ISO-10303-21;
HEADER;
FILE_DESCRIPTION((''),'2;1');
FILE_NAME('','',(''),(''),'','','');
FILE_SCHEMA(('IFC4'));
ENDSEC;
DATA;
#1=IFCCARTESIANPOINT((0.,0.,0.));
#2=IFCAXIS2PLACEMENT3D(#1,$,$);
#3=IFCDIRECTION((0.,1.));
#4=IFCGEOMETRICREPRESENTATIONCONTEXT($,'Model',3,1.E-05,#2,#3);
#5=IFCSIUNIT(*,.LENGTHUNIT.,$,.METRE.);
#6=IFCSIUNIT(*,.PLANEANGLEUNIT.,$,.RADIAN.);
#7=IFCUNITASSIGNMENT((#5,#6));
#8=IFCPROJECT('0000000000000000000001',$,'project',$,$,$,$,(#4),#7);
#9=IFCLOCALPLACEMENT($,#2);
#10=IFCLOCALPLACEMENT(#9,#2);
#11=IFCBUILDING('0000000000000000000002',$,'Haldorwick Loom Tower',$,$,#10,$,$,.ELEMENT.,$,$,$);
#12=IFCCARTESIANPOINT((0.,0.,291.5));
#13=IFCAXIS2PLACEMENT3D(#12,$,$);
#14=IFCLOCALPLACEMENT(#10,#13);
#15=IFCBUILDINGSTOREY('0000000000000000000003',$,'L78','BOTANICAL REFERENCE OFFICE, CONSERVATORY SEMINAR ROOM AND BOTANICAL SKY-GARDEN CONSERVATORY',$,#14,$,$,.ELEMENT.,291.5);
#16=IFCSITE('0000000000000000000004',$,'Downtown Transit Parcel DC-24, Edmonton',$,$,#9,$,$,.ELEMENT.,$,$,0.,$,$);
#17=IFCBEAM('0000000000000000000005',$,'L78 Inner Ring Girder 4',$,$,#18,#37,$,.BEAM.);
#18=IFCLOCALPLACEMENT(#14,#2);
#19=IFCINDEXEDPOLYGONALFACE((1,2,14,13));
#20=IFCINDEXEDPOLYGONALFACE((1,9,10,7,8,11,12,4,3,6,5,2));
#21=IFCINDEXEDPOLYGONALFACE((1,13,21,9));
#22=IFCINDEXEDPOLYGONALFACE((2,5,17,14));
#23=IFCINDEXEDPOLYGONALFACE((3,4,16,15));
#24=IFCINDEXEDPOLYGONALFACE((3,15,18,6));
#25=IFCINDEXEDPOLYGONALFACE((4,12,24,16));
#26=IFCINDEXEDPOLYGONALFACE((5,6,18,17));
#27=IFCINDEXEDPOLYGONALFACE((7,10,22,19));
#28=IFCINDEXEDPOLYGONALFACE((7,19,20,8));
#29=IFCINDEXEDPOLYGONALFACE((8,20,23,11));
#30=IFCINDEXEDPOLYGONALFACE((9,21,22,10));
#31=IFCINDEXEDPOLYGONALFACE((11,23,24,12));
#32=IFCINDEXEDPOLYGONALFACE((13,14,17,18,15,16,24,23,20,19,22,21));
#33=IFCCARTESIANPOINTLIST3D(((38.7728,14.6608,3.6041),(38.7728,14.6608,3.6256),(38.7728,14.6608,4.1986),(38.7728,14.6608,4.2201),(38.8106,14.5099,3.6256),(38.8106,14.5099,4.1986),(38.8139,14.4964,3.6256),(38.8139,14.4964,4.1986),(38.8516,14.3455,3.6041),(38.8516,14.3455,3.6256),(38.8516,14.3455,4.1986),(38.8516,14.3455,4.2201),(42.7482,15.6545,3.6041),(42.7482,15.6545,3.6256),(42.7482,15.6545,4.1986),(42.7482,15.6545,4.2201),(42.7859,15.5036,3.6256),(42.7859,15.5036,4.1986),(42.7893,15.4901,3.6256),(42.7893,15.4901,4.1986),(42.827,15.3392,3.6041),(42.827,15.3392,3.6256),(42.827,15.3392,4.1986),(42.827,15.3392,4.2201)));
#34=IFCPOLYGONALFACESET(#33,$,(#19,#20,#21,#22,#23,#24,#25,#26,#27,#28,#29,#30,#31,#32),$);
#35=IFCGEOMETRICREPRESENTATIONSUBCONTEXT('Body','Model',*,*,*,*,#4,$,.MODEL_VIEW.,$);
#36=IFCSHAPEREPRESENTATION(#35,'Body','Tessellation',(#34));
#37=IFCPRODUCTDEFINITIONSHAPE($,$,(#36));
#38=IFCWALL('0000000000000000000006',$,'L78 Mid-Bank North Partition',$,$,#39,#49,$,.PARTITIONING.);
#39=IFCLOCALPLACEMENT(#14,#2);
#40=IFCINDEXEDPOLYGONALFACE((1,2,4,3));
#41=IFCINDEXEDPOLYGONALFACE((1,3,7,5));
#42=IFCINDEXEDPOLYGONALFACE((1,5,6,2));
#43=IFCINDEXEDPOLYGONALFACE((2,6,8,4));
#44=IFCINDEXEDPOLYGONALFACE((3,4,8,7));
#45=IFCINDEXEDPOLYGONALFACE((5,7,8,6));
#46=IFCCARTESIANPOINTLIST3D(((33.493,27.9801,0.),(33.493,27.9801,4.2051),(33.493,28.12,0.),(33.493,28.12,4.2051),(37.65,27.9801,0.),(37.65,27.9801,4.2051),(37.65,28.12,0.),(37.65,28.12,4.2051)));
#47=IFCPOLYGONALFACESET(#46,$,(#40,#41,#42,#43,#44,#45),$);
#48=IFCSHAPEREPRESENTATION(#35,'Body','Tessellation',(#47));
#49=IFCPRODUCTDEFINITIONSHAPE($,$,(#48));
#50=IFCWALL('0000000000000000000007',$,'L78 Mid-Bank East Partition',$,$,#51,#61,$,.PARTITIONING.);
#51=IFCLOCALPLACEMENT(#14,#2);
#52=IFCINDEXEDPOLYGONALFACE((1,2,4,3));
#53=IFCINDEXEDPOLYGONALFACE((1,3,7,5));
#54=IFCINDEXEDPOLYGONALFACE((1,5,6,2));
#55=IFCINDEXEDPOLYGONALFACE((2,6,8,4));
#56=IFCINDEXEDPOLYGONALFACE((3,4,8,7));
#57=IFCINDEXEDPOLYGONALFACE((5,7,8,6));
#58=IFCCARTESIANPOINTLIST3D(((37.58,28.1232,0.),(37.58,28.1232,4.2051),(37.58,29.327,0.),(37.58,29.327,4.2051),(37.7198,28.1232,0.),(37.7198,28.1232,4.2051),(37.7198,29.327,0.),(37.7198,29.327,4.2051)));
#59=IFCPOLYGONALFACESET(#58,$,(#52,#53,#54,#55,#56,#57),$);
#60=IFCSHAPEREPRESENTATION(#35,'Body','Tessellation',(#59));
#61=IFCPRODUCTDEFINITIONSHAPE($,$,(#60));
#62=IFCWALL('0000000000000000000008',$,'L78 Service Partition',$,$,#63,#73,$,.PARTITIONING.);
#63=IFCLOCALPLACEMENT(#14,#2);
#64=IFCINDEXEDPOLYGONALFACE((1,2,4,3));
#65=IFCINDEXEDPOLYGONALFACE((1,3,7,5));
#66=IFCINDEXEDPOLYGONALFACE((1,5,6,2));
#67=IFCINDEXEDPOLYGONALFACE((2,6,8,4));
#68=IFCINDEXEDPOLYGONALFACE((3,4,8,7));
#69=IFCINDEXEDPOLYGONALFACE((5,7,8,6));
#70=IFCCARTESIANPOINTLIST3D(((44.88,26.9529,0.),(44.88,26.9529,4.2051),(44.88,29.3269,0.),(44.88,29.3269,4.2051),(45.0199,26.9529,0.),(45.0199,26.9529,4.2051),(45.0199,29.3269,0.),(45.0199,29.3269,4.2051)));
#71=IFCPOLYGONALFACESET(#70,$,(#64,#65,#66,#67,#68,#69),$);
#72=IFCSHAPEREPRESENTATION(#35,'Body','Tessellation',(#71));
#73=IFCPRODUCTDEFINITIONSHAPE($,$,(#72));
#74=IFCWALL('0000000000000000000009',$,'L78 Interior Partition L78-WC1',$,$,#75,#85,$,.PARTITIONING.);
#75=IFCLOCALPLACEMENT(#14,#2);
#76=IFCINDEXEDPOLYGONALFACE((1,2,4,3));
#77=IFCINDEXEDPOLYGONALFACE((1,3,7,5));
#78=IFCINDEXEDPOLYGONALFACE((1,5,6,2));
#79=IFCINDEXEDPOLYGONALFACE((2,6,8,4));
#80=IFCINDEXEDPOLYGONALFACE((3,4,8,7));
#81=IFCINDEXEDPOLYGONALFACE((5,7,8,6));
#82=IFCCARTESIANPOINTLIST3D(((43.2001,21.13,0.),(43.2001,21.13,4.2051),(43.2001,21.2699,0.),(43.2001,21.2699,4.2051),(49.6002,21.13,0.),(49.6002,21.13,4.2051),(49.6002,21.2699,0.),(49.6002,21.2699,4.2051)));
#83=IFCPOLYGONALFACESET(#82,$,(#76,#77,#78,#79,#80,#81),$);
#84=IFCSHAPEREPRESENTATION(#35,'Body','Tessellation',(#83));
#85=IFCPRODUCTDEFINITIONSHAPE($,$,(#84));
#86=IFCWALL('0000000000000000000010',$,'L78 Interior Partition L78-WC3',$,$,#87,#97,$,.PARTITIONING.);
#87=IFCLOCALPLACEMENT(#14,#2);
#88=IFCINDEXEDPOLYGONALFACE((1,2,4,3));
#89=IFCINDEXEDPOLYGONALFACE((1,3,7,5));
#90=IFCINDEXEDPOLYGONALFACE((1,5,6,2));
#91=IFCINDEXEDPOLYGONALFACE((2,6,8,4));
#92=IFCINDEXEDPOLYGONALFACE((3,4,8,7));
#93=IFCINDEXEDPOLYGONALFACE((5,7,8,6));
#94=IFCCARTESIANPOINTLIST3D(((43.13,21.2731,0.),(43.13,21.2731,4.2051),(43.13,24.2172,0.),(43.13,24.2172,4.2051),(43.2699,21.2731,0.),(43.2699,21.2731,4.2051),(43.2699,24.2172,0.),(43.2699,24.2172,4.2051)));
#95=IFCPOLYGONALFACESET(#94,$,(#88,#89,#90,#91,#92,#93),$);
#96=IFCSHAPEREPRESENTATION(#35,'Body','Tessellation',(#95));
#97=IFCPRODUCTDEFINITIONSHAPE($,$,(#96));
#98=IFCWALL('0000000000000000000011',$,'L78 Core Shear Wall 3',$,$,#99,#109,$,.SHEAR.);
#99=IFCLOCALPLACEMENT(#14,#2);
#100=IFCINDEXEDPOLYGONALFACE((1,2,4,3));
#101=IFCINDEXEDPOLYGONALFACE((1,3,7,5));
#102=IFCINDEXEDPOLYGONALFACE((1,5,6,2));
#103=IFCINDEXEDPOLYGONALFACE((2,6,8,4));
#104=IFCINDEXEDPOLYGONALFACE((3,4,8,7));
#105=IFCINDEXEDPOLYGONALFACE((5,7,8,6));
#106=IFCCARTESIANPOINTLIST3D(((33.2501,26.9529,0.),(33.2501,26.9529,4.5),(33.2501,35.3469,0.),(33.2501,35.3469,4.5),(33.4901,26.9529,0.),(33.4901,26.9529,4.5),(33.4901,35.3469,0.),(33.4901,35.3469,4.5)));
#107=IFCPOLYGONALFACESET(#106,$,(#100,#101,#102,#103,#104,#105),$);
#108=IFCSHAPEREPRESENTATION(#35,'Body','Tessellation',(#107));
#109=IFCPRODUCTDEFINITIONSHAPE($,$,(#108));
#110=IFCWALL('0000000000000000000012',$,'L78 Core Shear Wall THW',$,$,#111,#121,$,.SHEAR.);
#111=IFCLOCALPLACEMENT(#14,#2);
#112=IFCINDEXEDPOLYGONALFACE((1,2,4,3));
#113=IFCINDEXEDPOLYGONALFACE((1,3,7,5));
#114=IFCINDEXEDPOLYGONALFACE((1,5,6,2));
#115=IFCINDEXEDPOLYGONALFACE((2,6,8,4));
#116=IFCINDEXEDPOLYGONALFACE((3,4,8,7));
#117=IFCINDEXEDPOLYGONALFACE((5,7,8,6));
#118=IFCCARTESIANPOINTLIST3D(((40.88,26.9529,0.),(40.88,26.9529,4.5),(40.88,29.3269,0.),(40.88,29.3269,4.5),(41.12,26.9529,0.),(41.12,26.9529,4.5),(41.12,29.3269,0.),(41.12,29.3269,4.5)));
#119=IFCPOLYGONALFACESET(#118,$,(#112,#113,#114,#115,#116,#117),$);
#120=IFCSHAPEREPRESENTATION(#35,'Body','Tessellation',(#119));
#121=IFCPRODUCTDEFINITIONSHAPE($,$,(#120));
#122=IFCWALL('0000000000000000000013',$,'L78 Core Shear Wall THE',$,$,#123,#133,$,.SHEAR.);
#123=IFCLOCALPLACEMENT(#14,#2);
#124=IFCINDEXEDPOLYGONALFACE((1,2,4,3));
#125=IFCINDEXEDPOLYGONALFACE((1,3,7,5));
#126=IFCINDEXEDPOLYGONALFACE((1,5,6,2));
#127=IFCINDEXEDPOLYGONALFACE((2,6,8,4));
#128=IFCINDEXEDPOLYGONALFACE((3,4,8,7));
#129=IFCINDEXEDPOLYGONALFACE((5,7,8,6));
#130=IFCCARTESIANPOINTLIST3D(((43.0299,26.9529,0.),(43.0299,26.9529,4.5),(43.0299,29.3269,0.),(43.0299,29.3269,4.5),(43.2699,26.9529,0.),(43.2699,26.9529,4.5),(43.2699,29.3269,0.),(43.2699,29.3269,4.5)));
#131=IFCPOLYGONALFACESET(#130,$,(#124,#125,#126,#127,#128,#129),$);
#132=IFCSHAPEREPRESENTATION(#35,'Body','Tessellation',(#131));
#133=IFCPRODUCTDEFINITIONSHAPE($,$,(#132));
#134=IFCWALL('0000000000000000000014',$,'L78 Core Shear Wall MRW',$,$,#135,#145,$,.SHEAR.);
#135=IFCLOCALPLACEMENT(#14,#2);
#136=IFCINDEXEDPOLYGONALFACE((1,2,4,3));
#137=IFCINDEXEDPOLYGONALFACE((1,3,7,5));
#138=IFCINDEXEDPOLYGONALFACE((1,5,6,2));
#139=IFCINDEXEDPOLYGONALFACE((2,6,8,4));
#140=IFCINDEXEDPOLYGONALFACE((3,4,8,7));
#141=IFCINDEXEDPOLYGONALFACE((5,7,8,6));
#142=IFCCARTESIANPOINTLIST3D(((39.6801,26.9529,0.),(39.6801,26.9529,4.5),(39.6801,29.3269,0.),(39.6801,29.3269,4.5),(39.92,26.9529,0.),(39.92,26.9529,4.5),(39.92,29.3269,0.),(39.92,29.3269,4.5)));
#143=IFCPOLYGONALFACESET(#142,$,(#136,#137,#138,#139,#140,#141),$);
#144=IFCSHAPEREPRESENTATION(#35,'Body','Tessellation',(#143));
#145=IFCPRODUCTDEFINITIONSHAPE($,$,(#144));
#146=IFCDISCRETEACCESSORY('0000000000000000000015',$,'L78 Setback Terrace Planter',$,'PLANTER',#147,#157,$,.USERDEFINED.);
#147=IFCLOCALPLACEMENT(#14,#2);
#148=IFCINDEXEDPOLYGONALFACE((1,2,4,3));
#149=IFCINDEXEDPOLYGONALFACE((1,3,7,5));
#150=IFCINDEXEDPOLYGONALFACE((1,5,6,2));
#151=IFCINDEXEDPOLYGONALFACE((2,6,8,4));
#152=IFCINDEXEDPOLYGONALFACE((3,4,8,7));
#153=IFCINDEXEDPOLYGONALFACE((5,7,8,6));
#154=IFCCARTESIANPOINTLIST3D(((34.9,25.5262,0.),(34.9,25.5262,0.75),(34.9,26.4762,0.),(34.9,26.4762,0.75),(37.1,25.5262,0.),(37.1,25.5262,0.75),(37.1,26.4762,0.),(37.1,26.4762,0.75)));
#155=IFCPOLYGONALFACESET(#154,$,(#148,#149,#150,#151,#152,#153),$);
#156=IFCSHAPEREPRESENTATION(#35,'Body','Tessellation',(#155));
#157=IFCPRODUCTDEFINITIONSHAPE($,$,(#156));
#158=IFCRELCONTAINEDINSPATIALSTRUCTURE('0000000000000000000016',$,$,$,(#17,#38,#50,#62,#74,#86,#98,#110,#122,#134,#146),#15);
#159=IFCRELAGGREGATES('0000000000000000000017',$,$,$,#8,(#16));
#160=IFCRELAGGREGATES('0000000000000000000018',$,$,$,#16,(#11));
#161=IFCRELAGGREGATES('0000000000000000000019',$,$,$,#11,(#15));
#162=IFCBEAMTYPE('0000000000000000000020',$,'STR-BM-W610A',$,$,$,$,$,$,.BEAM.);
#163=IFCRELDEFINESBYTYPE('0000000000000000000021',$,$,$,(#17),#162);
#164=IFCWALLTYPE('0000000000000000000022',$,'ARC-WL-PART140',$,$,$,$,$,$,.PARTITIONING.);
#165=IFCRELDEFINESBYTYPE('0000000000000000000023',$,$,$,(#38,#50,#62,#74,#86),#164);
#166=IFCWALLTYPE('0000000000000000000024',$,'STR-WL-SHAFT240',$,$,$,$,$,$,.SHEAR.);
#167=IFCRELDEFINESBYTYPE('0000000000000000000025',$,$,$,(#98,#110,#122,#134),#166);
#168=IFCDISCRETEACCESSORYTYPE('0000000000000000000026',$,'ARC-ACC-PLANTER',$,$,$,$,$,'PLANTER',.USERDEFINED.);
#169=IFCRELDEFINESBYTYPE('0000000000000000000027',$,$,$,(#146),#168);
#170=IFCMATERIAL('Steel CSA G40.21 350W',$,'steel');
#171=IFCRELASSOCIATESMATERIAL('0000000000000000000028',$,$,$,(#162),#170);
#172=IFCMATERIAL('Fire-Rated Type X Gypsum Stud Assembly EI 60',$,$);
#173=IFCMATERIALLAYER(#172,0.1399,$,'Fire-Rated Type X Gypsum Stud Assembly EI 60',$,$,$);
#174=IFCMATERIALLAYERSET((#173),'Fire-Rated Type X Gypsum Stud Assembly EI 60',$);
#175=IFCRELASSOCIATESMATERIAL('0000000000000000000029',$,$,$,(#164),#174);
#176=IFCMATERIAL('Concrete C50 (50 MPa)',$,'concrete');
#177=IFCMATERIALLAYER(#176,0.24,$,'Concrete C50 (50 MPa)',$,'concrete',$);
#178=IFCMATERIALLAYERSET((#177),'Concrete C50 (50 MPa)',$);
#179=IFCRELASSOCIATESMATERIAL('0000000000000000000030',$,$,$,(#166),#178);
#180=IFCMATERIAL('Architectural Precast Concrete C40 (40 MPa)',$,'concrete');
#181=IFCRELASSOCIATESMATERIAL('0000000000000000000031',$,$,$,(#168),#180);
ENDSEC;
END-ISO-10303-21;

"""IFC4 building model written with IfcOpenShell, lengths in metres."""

from ifc_helpers import new_model, si_unit, direction, frame, frame_2d, origin, origin_2d, place, context, subcontext, project, spatial, rectangle, i_section, extrude, material, layer, layer_set, material_profile, profile_set, type_object, element, save


model = new_model("IFC4")

# Units and contexts
model_context = context("Model", 3, precision=1e-05, world=origin(), true_north=direction((0.0, 1.0)))
body_context = subcontext(model_context, "Body", "Model", "MODEL_VIEW")
ifc_project = project(units=[si_unit("LENGTHUNIT", "METRE"), si_unit("PLANEANGLEUNIT", "RADIAN")], contexts=[model_context])

# Site, building, storey
site_placement = place(None, origin())
site = spatial("IfcSite", under=ifc_project, at=site_placement, Name="Downtown Transit Parcel DC-24, Edmonton", CompositionType="ELEMENT", RefElevation=0.0)
building_placement = place(site_placement, origin())
building = spatial("IfcBuilding", under=site, at=building_placement, Name="Haldorwick Loom Tower", CompositionType="ELEMENT")
storey_placement = place(building_placement, frame((0.0, 0.0, 291.5)))
storey = spatial("IfcBuildingStorey", under=building, at=storey_placement, Name="L78", Description="BOTANICAL REFERENCE OFFICE, CONSERVATORY SEMINAR ROOM AND BOTANICAL SKY-GARDEN CONSERVATORY", CompositionType="ELEMENT", Elevation=291.5)

# Shared definitions
ifc_material_1 = material(Name="Concrete C50 (50 MPa)", Category="concrete")
ifc_material_2 = material(Name="Steel CSA G40.21 350W", Category="steel")

# Beam
ifc_material_profile_1 = material_profile(ifc_material_2, i_section(OverallWidth=0.325, OverallDepth=0.616, WebThickness=0.0139, FlangeThickness=0.0215, at=origin_2d()), Name="W610X174", Category="steel")
ifc_profile_set_1 = profile_set([ifc_material_profile_1], Name="Steel CSA G40.21 350W")
beam_type_1 = type_object("IfcBeamType", Name="STR-BM-W610A", PredefinedType="BEAM", material=ifc_profile_set_1)
beam_1_placement = place(storey_placement, frame((42.7876, 15.4968, 3.9121), z_axis=(-0.970153, -0.242494, 0.0), x_axis=(0.242494, -0.970153, 0.0)))
element("IfcBeam", 1, at=beam_1_placement, inside=storey, type_object=beam_type_1, Name="L78 Inner Ring Girder 4", PredefinedType="BEAM", context=body_context, shape_type="SweptSolid", body=[
    extrude(i_section(OverallWidth=0.325, OverallDepth=0.616, WebThickness=0.0139, FlangeThickness=0.0215, at=origin_2d()), origin(), (0.0, 0.0, 1.0), 4.0977),
])

# Walls
ifc_material_3 = material(Name="Fire-Rated Type X Gypsum Stud Assembly EI 60")
ifc_layer_1 = layer(ifc_material_3, 0.1399, Name="Fire-Rated Type X Gypsum Stud Assembly EI 60")
ifc_layer_set_1 = layer_set([ifc_layer_1], Name="Fire-Rated Type X Gypsum Stud Assembly EI 60")
wall_type_1 = type_object("IfcWallType", Name="ARC-WL-PART140", PredefinedType="PARTITIONING", material=ifc_layer_set_1)
wall_1_placement = place(storey_placement, frame((33.4929, 28.05, 0.0), z_axis=(0.0, 0.0, 1.0), x_axis=(1.0, 0.0, 0.0)))
element("IfcWall", 2, at=wall_1_placement, inside=storey, type_object=wall_type_1, Name="L78 Mid-Bank North Partition", PredefinedType="PARTITIONING", context=body_context, shape_type="SweptSolid", body=[
    extrude(rectangle(XDim=4.157, YDim=0.1399, at=frame_2d((2.0786, 0.0))), origin(), (0.0, 0.0, 1.0), 4.2051),
])
wall_2_placement = place(storey_placement, frame((37.6499, 28.123, 0.0), z_axis=(0.0, 0.0, 1.0), x_axis=(0.0, 1.0, 0.0)))
element("IfcWall", 3, at=wall_2_placement, inside=storey, type_object=wall_type_1, Name="L78 Mid-Bank East Partition", PredefinedType="PARTITIONING", context=body_context, shape_type="SweptSolid", body=[
    extrude(rectangle(XDim=1.2039, YDim=0.1399, at=frame_2d((0.6021, 0.0))), origin(), (0.0, 0.0, 1.0), 4.2051),
])
wall_3_placement = place(storey_placement, frame((44.95, 26.9529, 0.0), z_axis=(0.0, 0.0, 1.0), x_axis=(0.0, 1.0, 0.0)))
element("IfcWall", 4, at=wall_3_placement, inside=storey, type_object=wall_type_1, Name="L78 Service Partition", PredefinedType="PARTITIONING", context=body_context, shape_type="SweptSolid", body=[
    extrude(rectangle(XDim=2.374, YDim=0.1399, at=frame_2d((1.187, 0.0))), origin(), (0.0, 0.0, 1.0), 4.2051),
])
wall_4_placement = place(storey_placement, frame((43.2, 21.2, 0.0), z_axis=(0.0, 0.0, 1.0), x_axis=(1.0, 0.0, 0.0)))
element("IfcWall", 5, at=wall_4_placement, inside=storey, type_object=wall_type_1, Name="L78 Interior Partition L78-WC1", PredefinedType="PARTITIONING", context=body_context, shape_type="SweptSolid", body=[
    extrude(rectangle(XDim=6.4001, YDim=0.1399, at=frame_2d((3.2002, 0.0))), origin(), (0.0, 0.0, 1.0), 4.2051),
])
wall_5_placement = place(storey_placement, frame((43.2, 21.2729, 0.0), z_axis=(0.0, 0.0, 1.0), x_axis=(0.0, 1.0, 0.0)))
element("IfcWall", 6, at=wall_5_placement, inside=storey, type_object=wall_type_1, Name="L78 Interior Partition L78-WC3", PredefinedType="PARTITIONING", context=body_context, shape_type="SweptSolid", body=[
    extrude(rectangle(XDim=2.9441, YDim=0.1399, at=frame_2d((1.4722, 0.0))), origin(), (0.0, 0.0, 1.0), 4.2051),
])
ifc_layer_2 = layer(ifc_material_1, 0.24, Name="Concrete C50 (50 MPa)", Category="concrete")
ifc_layer_set_2 = layer_set([ifc_layer_2], Name="Concrete C50 (50 MPa)")
wall_type_2 = type_object("IfcWallType", Name="STR-WL-SHAFT240", PredefinedType="SHEAR", material=ifc_layer_set_2)
wall_6_placement = place(storey_placement, frame((33.3701, 26.9529, 0.0), z_axis=(0.0, 0.0, 1.0), x_axis=(0.0, 1.0, 0.0)))
element("IfcWall", 7, at=wall_6_placement, inside=storey, type_object=wall_type_2, Name="L78 Core Shear Wall 3", PredefinedType="SHEAR", context=body_context, shape_type="SweptSolid", body=[
    extrude(rectangle(XDim=8.394, YDim=0.24, at=frame_2d((4.197, 0.0))), origin(), (0.0, 0.0, 1.0), 4.5),
])
for number, where, z_axis, x_axis, name in (
    (8, (41.0, 26.9529, 0.0), (0.0, 0.0, 1.0), (0.0, 1.0, 0.0), "L78 Core Shear Wall THW"),
    (9, (43.1499, 26.9529, 0.0), (0.0, 0.0, 1.0), (0.0, 1.0, 0.0), "L78 Core Shear Wall THE"),
    (10, (39.8, 26.9529, 0.0), (0.0, 0.0, 1.0), (0.0, 1.0, 0.0), "L78 Core Shear Wall MRW"),
):
    element("IfcWall", number, at=place(storey_placement, frame(where, z_axis=z_axis, x_axis=x_axis)), inside=storey, type_object=wall_type_2, Name=name, PredefinedType="SHEAR", context=body_context, shape_type="SweptSolid", body=[
        extrude(rectangle(XDim=2.374, YDim=0.24, at=frame_2d((1.187, 0.0))), origin(), (0.0, 0.0, 1.0), 4.5),
    ])

# Discrete accessory
ifc_material_4 = material(Name="Architectural Precast Concrete C40 (40 MPa)", Category="concrete")
discrete_accessory_type = type_object("IfcDiscreteAccessoryType", Name="ARC-ACC-PLANTER", ElementType="PLANTER", PredefinedType="USERDEFINED", material=ifc_material_4)
discrete_accessory_placement = place(storey_placement, frame((36.0, 26.0012, 0.0), z_axis=(0.0, 0.0, 1.0), x_axis=(1.0, 0.0, 0.0)))
element("IfcDiscreteAccessory", 11, at=discrete_accessory_placement, inside=storey, type_object=discrete_accessory_type, Name="L78 Setback Terrace Planter", ObjectType="PLANTER", PredefinedType="USERDEFINED", context=body_context, shape_type="SweptSolid", body=[
    extrude(rectangle(XDim=2.2, YDim=0.95, at=origin_2d()), origin(), (0.0, 0.0, 1.0), 0.75),
])

save(model, "model.ifc")
